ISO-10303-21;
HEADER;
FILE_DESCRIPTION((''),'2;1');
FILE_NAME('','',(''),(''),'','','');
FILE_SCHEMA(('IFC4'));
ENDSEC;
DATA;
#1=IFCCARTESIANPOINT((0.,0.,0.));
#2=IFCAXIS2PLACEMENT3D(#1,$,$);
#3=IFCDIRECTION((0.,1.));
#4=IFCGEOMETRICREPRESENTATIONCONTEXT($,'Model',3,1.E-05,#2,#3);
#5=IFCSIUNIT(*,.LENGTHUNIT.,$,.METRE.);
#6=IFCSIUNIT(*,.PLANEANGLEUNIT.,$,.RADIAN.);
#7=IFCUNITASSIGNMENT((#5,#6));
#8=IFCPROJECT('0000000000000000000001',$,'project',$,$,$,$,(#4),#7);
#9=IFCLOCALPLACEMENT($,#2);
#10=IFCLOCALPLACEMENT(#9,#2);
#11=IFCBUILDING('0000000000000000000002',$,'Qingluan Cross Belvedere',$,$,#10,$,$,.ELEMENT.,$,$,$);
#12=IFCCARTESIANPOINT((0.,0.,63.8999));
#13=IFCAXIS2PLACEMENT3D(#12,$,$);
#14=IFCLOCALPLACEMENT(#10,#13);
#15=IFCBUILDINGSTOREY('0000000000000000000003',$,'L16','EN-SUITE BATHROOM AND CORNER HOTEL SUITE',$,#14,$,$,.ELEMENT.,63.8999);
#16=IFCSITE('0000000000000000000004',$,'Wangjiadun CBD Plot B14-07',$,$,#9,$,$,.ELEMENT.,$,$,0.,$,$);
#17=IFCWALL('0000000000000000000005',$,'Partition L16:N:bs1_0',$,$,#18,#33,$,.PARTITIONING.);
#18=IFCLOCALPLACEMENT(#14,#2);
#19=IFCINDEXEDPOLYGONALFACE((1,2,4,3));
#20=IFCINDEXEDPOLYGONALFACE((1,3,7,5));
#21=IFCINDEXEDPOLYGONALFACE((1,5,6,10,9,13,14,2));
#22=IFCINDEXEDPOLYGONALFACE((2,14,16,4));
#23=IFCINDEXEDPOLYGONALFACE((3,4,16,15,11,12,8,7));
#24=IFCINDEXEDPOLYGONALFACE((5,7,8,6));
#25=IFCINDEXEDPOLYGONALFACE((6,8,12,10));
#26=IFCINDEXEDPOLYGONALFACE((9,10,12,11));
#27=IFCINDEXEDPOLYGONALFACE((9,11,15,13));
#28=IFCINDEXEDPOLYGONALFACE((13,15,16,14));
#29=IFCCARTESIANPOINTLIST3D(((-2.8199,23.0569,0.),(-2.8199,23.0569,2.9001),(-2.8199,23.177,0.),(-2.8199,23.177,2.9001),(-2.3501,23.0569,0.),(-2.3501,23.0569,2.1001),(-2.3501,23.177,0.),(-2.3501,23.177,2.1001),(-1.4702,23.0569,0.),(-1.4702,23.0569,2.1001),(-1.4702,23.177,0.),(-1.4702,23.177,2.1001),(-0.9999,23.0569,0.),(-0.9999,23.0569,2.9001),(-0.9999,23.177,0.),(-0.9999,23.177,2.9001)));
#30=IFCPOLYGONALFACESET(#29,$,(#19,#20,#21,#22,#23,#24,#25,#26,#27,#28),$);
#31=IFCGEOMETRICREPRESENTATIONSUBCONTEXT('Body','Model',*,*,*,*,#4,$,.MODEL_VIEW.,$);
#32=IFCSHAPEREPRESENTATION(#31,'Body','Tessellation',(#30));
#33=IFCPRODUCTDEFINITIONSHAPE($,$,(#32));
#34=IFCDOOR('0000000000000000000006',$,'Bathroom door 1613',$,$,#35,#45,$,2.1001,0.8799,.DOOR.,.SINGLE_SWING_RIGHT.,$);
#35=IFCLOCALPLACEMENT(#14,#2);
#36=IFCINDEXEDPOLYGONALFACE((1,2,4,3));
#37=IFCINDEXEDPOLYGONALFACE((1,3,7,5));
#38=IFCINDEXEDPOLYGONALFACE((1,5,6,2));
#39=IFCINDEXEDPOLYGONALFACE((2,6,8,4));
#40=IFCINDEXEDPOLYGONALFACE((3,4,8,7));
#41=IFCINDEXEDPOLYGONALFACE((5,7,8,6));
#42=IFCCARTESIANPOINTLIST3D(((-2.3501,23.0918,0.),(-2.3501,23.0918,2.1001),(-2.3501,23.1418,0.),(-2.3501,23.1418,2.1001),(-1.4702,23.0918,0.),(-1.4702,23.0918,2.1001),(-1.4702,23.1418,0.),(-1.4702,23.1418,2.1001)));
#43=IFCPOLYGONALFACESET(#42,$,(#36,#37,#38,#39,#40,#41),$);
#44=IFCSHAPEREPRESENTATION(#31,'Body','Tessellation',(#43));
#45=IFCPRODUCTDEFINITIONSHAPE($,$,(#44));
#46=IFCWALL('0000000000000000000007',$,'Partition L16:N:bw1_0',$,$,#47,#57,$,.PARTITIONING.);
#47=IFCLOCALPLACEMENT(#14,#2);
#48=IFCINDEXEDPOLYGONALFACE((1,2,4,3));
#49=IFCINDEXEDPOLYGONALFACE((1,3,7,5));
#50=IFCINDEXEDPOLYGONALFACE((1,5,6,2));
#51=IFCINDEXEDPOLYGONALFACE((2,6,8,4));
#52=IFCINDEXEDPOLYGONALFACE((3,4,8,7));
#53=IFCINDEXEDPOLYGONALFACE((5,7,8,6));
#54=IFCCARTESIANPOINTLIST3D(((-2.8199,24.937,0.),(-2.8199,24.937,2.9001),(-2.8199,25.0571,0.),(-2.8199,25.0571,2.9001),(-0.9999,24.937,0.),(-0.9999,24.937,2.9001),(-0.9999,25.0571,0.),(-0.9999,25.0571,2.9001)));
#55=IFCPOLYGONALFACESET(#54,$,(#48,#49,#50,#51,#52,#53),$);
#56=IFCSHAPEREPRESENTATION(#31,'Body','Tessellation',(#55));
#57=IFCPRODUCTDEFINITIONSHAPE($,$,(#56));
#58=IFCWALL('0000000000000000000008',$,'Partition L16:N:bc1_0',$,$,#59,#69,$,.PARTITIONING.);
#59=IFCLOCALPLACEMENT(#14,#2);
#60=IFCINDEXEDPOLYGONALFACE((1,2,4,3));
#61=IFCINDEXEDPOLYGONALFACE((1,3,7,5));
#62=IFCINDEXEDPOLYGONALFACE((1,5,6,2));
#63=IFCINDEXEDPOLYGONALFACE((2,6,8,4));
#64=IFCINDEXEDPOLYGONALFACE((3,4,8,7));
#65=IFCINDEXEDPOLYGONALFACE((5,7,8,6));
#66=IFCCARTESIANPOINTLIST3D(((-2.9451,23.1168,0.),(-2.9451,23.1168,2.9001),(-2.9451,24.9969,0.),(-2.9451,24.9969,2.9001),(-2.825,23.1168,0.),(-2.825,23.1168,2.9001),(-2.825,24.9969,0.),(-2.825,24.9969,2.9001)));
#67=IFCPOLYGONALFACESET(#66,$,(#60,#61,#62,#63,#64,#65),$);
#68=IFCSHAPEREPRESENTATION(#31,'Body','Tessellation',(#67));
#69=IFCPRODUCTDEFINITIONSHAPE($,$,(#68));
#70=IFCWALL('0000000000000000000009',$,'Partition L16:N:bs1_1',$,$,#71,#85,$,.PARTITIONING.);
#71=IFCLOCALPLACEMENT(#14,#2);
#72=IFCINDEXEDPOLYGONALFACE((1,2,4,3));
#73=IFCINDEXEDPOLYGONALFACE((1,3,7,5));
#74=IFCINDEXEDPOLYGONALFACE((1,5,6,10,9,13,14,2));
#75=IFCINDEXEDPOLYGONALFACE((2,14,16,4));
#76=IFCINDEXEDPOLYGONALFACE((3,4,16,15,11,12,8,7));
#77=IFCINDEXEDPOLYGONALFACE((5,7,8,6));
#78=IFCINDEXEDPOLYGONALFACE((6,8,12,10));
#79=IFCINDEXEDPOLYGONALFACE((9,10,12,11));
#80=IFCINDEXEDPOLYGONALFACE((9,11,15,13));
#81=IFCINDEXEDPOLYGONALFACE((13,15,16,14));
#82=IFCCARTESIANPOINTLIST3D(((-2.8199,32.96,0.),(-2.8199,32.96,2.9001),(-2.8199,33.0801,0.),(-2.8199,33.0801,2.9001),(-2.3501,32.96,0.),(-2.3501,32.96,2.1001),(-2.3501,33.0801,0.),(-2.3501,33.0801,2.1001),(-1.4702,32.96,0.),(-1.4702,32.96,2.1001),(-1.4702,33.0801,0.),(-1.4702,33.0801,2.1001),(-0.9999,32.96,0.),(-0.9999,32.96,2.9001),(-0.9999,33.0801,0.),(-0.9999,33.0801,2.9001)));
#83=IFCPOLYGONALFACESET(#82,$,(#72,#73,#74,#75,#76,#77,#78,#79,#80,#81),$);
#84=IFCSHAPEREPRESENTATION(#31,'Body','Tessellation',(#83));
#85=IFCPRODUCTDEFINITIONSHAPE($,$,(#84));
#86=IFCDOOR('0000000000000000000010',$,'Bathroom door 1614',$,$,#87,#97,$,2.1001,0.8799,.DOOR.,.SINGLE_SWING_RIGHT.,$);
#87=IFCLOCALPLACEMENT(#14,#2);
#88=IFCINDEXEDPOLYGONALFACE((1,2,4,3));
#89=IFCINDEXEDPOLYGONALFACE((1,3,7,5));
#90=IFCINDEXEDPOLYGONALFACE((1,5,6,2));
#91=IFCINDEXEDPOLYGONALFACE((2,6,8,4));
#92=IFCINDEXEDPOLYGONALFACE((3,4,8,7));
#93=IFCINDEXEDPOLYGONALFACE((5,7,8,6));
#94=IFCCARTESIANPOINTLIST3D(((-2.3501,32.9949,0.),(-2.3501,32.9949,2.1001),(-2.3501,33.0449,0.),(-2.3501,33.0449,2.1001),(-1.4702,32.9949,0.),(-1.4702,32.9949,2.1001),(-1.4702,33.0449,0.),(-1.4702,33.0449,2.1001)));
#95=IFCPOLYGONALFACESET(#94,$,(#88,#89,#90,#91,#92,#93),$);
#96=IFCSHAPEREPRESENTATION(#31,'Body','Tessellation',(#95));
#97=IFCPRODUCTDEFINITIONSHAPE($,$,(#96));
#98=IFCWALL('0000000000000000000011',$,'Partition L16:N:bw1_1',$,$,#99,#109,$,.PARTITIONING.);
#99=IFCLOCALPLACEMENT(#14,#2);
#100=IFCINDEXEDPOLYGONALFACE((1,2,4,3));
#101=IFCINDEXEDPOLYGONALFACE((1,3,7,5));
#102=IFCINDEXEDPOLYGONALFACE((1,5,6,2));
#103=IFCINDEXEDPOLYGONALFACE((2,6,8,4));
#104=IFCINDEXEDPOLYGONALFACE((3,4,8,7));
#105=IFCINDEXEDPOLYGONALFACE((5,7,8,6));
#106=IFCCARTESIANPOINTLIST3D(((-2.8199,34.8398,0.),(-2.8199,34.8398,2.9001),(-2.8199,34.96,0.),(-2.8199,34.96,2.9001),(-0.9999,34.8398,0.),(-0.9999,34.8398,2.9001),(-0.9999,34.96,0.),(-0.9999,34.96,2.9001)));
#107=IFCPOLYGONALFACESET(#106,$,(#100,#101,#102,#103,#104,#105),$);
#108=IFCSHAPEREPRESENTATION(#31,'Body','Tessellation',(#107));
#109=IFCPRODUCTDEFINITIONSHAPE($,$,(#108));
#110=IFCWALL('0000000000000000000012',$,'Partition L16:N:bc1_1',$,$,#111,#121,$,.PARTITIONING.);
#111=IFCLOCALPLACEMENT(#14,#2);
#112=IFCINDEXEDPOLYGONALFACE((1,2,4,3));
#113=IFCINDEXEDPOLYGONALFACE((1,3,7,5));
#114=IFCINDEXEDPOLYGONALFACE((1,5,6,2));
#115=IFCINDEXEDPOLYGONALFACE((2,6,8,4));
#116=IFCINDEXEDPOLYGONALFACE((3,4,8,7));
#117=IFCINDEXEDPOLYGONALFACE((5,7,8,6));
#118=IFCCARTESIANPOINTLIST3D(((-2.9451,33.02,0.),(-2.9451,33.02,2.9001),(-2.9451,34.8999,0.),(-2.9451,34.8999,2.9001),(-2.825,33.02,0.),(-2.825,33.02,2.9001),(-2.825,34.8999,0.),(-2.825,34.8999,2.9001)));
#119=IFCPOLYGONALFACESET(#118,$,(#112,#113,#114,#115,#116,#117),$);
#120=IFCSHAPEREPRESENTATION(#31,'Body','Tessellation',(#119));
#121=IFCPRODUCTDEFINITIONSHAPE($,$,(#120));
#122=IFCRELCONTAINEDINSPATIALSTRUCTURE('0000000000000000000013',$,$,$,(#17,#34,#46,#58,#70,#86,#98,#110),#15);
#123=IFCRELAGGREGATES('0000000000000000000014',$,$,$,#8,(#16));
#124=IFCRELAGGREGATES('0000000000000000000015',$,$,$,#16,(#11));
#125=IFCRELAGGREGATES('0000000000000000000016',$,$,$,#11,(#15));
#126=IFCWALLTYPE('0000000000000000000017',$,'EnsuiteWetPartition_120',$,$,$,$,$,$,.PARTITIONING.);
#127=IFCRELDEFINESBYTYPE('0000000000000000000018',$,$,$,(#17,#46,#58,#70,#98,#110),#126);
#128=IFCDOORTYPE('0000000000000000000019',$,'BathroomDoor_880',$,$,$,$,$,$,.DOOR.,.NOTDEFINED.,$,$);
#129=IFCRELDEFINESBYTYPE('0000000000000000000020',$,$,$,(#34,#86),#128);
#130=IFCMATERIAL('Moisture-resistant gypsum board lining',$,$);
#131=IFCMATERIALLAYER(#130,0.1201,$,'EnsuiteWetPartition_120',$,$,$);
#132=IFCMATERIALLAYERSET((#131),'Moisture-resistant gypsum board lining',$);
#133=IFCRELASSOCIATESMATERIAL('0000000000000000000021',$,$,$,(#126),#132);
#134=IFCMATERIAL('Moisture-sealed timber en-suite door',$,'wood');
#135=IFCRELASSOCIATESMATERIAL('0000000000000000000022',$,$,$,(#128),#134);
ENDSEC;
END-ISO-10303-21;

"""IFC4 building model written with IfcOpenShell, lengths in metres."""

from ifc_helpers import new_model, si_unit, direction, frame, frame_2d, origin, place, context, subcontext, project, spatial, rectangle, extrude, material, layer, layer_set, type_object, element, fill, save


model = new_model("IFC4")

# Units and contexts
model_context = context("Model", 3, precision=1e-05, world=origin(), true_north=direction((0.0, 1.0)))
body_context = subcontext(model_context, "Body", "Model", "MODEL_VIEW")
ifc_project = project(units=[si_unit("LENGTHUNIT", "METRE"), si_unit("PLANEANGLEUNIT", "RADIAN")], contexts=[model_context])

# Site, building, storey
site_placement = place(None, origin())
site = spatial("IfcSite", under=ifc_project, at=site_placement, Name="Wangjiadun CBD Plot B14-07", CompositionType="ELEMENT", RefElevation=0.0)
building_placement = place(site_placement, origin())
building = spatial("IfcBuilding", under=site, at=building_placement, Name="Qingluan Cross Belvedere", CompositionType="ELEMENT")
storey_placement = place(building_placement, frame((0.0, 0.0, 63.8999)))
storey = spatial("IfcBuildingStorey", under=building, at=storey_placement, Name="L16", Description="EN-SUITE BATHROOM AND CORNER HOTEL SUITE", CompositionType="ELEMENT", Elevation=63.8999)

# Wall, opening, door
ifc_material_1 = material(Name="Moisture-resistant gypsum board lining")
ifc_layer_1 = layer(ifc_material_1, 0.1201, Name="EnsuiteWetPartition_120")
ifc_layer_set_1 = layer_set([ifc_layer_1], Name="Moisture-resistant gypsum board lining")
wall_type_1 = type_object("IfcWallType", Name="EnsuiteWetPartition_120", PredefinedType="PARTITIONING", material=ifc_layer_set_1)
wall_1_placement = place(storey_placement, frame((-2.8201, 23.1169, 0.0), z_axis=(0.0, 0.0, 1.0), x_axis=(1.0, 0.0, 0.0)))
wall_1 = element("IfcWall", 1, at=wall_1_placement, inside=storey, type_object=wall_type_1, Name="Partition L16:N:bs1_0", PredefinedType="PARTITIONING", context=body_context, shape_type="SweptSolid", body=[
    extrude(rectangle(XDim=1.8201, YDim=0.1201, at=frame_2d((0.9102, 0.0))), origin(), (0.0, 0.0, 1.0), 2.9001),
])
opening_1_placement = place(wall_1_placement, frame((0.47, 0.0, 0.0)))
opening_1 = element("IfcOpeningElement", 2, at=opening_1_placement, cuts=wall_1, PredefinedType="OPENING", context=body_context, shape_type="SweptSolid", body=[
    extrude(rectangle(XDim=0.8799, YDim=2.1001, at=frame_2d((0.4399, 1.05))), frame((0.0, 0.0701, 0.0), z_axis=(0.0, -1.0, 0.0), x_axis=(1.0, 0.0, 0.0)), (0.0, 0.0, 1.0), 0.1401),
])
ifc_material_2 = material(Name="Moisture-sealed timber en-suite door", Category="wood")
door_type_1 = type_object("IfcDoorType", Name="BathroomDoor_880", OperationType="NOTDEFINED", PredefinedType="DOOR", material=ifc_material_2)
door_1_placement = place(opening_1_placement, origin())
door_1 = element("IfcDoor", 3, at=door_1_placement, inside=storey, type_object=door_type_1, Name="Bathroom door 1613", OperationType="SINGLE_SWING_RIGHT", OverallHeight=2.1001, OverallWidth=0.8799, PredefinedType="DOOR", context=body_context, shape_type="SweptSolid", body=[
    extrude(rectangle(XDim=0.8799, YDim=2.1001, at=frame_2d((0.4399, 1.05))), frame((0.0, 0.0249, 0.0), z_axis=(0.0, -1.0, 0.0), x_axis=(1.0, 0.0, 0.0)), (0.0, 0.0, 1.0), 0.05),
])
fill(opening_1, door_1)

# Walls
wall_2_placement = place(storey_placement, frame((-2.8201, 24.9971, 0.0), z_axis=(0.0, 0.0, 1.0), x_axis=(1.0, 0.0, 0.0)))
element("IfcWall", 4, at=wall_2_placement, inside=storey, type_object=wall_type_1, Name="Partition L16:N:bw1_0", PredefinedType="PARTITIONING", context=body_context, shape_type="SweptSolid", body=[
    extrude(rectangle(XDim=1.8201, YDim=0.1201, at=frame_2d((0.9102, 0.0))), origin(), (0.0, 0.0, 1.0), 2.9001),
])
wall_3_placement = place(storey_placement, frame((-2.885, 23.1169, 0.0), z_axis=(0.0, 0.0, 1.0), x_axis=(0.0, 1.0, 0.0)))
element("IfcWall", 5, at=wall_3_placement, inside=storey, type_object=wall_type_1, Name="Partition L16:N:bc1_0", PredefinedType="PARTITIONING", context=body_context, shape_type="SweptSolid", body=[
    extrude(rectangle(XDim=1.8801, YDim=0.1201, at=frame_2d((0.9399, 0.0))), origin(), (0.0, 0.0, 1.0), 2.9001),
])

# Wall, opening, door
wall_4_placement = place(storey_placement, frame((-2.8201, 33.02, 0.0), z_axis=(0.0, 0.0, 1.0), x_axis=(1.0, 0.0, 0.0)))
wall_4 = element("IfcWall", 6, at=wall_4_placement, inside=storey, type_object=wall_type_1, Name="Partition L16:N:bs1_1", PredefinedType="PARTITIONING", context=body_context, shape_type="SweptSolid", body=[
    extrude(rectangle(XDim=1.8201, YDim=0.1201, at=frame_2d((0.9102, 0.0))), origin(), (0.0, 0.0, 1.0), 2.9001),
])
opening_2_placement = place(wall_4_placement, frame((0.47, 0.0, 0.0)))
opening_2 = element("IfcOpeningElement", 7, at=opening_2_placement, cuts=wall_4, PredefinedType="OPENING", context=body_context, shape_type="SweptSolid", body=[
    extrude(rectangle(XDim=0.8799, YDim=2.1001, at=frame_2d((0.4399, 1.05))), frame((0.0, 0.0701, 0.0), z_axis=(0.0, -1.0, 0.0), x_axis=(1.0, 0.0, 0.0)), (0.0, 0.0, 1.0), 0.1401),
])
door_2_placement = place(opening_2_placement, origin())
door_2 = element("IfcDoor", 8, at=door_2_placement, inside=storey, type_object=door_type_1, Name="Bathroom door 1614", OperationType="SINGLE_SWING_RIGHT", OverallHeight=2.1001, OverallWidth=0.8799, PredefinedType="DOOR", context=body_context, shape_type="SweptSolid", body=[
    extrude(rectangle(XDim=0.8799, YDim=2.1001, at=frame_2d((0.4399, 1.05))), frame((0.0, 0.0249, 0.0), z_axis=(0.0, -1.0, 0.0), x_axis=(1.0, 0.0, 0.0)), (0.0, 0.0, 1.0), 0.05),
])
fill(opening_2, door_2)

# Walls
wall_5_placement = place(storey_placement, frame((-2.8201, 34.8999, 0.0), z_axis=(0.0, 0.0, 1.0), x_axis=(1.0, 0.0, 0.0)))
element("IfcWall", 9, at=wall_5_placement, inside=storey, type_object=wall_type_1, Name="Partition L16:N:bw1_1", PredefinedType="PARTITIONING", context=body_context, shape_type="SweptSolid", body=[
    extrude(rectangle(XDim=1.8201, YDim=0.1201, at=frame_2d((0.9102, 0.0))), origin(), (0.0, 0.0, 1.0), 2.9001),
])
wall_6_placement = place(storey_placement, frame((-2.885, 33.02, 0.0), z_axis=(0.0, 0.0, 1.0), x_axis=(0.0, 1.0, 0.0)))
element("IfcWall", 10, at=wall_6_placement, inside=storey, type_object=wall_type_1, Name="Partition L16:N:bc1_1", PredefinedType="PARTITIONING", context=body_context, shape_type="SweptSolid", body=[
    extrude(rectangle(XDim=1.8799, YDim=0.1201, at=frame_2d((0.9399, 0.0))), origin(), (0.0, 0.0, 1.0), 2.9001),
])

save(model, "model.ifc")
